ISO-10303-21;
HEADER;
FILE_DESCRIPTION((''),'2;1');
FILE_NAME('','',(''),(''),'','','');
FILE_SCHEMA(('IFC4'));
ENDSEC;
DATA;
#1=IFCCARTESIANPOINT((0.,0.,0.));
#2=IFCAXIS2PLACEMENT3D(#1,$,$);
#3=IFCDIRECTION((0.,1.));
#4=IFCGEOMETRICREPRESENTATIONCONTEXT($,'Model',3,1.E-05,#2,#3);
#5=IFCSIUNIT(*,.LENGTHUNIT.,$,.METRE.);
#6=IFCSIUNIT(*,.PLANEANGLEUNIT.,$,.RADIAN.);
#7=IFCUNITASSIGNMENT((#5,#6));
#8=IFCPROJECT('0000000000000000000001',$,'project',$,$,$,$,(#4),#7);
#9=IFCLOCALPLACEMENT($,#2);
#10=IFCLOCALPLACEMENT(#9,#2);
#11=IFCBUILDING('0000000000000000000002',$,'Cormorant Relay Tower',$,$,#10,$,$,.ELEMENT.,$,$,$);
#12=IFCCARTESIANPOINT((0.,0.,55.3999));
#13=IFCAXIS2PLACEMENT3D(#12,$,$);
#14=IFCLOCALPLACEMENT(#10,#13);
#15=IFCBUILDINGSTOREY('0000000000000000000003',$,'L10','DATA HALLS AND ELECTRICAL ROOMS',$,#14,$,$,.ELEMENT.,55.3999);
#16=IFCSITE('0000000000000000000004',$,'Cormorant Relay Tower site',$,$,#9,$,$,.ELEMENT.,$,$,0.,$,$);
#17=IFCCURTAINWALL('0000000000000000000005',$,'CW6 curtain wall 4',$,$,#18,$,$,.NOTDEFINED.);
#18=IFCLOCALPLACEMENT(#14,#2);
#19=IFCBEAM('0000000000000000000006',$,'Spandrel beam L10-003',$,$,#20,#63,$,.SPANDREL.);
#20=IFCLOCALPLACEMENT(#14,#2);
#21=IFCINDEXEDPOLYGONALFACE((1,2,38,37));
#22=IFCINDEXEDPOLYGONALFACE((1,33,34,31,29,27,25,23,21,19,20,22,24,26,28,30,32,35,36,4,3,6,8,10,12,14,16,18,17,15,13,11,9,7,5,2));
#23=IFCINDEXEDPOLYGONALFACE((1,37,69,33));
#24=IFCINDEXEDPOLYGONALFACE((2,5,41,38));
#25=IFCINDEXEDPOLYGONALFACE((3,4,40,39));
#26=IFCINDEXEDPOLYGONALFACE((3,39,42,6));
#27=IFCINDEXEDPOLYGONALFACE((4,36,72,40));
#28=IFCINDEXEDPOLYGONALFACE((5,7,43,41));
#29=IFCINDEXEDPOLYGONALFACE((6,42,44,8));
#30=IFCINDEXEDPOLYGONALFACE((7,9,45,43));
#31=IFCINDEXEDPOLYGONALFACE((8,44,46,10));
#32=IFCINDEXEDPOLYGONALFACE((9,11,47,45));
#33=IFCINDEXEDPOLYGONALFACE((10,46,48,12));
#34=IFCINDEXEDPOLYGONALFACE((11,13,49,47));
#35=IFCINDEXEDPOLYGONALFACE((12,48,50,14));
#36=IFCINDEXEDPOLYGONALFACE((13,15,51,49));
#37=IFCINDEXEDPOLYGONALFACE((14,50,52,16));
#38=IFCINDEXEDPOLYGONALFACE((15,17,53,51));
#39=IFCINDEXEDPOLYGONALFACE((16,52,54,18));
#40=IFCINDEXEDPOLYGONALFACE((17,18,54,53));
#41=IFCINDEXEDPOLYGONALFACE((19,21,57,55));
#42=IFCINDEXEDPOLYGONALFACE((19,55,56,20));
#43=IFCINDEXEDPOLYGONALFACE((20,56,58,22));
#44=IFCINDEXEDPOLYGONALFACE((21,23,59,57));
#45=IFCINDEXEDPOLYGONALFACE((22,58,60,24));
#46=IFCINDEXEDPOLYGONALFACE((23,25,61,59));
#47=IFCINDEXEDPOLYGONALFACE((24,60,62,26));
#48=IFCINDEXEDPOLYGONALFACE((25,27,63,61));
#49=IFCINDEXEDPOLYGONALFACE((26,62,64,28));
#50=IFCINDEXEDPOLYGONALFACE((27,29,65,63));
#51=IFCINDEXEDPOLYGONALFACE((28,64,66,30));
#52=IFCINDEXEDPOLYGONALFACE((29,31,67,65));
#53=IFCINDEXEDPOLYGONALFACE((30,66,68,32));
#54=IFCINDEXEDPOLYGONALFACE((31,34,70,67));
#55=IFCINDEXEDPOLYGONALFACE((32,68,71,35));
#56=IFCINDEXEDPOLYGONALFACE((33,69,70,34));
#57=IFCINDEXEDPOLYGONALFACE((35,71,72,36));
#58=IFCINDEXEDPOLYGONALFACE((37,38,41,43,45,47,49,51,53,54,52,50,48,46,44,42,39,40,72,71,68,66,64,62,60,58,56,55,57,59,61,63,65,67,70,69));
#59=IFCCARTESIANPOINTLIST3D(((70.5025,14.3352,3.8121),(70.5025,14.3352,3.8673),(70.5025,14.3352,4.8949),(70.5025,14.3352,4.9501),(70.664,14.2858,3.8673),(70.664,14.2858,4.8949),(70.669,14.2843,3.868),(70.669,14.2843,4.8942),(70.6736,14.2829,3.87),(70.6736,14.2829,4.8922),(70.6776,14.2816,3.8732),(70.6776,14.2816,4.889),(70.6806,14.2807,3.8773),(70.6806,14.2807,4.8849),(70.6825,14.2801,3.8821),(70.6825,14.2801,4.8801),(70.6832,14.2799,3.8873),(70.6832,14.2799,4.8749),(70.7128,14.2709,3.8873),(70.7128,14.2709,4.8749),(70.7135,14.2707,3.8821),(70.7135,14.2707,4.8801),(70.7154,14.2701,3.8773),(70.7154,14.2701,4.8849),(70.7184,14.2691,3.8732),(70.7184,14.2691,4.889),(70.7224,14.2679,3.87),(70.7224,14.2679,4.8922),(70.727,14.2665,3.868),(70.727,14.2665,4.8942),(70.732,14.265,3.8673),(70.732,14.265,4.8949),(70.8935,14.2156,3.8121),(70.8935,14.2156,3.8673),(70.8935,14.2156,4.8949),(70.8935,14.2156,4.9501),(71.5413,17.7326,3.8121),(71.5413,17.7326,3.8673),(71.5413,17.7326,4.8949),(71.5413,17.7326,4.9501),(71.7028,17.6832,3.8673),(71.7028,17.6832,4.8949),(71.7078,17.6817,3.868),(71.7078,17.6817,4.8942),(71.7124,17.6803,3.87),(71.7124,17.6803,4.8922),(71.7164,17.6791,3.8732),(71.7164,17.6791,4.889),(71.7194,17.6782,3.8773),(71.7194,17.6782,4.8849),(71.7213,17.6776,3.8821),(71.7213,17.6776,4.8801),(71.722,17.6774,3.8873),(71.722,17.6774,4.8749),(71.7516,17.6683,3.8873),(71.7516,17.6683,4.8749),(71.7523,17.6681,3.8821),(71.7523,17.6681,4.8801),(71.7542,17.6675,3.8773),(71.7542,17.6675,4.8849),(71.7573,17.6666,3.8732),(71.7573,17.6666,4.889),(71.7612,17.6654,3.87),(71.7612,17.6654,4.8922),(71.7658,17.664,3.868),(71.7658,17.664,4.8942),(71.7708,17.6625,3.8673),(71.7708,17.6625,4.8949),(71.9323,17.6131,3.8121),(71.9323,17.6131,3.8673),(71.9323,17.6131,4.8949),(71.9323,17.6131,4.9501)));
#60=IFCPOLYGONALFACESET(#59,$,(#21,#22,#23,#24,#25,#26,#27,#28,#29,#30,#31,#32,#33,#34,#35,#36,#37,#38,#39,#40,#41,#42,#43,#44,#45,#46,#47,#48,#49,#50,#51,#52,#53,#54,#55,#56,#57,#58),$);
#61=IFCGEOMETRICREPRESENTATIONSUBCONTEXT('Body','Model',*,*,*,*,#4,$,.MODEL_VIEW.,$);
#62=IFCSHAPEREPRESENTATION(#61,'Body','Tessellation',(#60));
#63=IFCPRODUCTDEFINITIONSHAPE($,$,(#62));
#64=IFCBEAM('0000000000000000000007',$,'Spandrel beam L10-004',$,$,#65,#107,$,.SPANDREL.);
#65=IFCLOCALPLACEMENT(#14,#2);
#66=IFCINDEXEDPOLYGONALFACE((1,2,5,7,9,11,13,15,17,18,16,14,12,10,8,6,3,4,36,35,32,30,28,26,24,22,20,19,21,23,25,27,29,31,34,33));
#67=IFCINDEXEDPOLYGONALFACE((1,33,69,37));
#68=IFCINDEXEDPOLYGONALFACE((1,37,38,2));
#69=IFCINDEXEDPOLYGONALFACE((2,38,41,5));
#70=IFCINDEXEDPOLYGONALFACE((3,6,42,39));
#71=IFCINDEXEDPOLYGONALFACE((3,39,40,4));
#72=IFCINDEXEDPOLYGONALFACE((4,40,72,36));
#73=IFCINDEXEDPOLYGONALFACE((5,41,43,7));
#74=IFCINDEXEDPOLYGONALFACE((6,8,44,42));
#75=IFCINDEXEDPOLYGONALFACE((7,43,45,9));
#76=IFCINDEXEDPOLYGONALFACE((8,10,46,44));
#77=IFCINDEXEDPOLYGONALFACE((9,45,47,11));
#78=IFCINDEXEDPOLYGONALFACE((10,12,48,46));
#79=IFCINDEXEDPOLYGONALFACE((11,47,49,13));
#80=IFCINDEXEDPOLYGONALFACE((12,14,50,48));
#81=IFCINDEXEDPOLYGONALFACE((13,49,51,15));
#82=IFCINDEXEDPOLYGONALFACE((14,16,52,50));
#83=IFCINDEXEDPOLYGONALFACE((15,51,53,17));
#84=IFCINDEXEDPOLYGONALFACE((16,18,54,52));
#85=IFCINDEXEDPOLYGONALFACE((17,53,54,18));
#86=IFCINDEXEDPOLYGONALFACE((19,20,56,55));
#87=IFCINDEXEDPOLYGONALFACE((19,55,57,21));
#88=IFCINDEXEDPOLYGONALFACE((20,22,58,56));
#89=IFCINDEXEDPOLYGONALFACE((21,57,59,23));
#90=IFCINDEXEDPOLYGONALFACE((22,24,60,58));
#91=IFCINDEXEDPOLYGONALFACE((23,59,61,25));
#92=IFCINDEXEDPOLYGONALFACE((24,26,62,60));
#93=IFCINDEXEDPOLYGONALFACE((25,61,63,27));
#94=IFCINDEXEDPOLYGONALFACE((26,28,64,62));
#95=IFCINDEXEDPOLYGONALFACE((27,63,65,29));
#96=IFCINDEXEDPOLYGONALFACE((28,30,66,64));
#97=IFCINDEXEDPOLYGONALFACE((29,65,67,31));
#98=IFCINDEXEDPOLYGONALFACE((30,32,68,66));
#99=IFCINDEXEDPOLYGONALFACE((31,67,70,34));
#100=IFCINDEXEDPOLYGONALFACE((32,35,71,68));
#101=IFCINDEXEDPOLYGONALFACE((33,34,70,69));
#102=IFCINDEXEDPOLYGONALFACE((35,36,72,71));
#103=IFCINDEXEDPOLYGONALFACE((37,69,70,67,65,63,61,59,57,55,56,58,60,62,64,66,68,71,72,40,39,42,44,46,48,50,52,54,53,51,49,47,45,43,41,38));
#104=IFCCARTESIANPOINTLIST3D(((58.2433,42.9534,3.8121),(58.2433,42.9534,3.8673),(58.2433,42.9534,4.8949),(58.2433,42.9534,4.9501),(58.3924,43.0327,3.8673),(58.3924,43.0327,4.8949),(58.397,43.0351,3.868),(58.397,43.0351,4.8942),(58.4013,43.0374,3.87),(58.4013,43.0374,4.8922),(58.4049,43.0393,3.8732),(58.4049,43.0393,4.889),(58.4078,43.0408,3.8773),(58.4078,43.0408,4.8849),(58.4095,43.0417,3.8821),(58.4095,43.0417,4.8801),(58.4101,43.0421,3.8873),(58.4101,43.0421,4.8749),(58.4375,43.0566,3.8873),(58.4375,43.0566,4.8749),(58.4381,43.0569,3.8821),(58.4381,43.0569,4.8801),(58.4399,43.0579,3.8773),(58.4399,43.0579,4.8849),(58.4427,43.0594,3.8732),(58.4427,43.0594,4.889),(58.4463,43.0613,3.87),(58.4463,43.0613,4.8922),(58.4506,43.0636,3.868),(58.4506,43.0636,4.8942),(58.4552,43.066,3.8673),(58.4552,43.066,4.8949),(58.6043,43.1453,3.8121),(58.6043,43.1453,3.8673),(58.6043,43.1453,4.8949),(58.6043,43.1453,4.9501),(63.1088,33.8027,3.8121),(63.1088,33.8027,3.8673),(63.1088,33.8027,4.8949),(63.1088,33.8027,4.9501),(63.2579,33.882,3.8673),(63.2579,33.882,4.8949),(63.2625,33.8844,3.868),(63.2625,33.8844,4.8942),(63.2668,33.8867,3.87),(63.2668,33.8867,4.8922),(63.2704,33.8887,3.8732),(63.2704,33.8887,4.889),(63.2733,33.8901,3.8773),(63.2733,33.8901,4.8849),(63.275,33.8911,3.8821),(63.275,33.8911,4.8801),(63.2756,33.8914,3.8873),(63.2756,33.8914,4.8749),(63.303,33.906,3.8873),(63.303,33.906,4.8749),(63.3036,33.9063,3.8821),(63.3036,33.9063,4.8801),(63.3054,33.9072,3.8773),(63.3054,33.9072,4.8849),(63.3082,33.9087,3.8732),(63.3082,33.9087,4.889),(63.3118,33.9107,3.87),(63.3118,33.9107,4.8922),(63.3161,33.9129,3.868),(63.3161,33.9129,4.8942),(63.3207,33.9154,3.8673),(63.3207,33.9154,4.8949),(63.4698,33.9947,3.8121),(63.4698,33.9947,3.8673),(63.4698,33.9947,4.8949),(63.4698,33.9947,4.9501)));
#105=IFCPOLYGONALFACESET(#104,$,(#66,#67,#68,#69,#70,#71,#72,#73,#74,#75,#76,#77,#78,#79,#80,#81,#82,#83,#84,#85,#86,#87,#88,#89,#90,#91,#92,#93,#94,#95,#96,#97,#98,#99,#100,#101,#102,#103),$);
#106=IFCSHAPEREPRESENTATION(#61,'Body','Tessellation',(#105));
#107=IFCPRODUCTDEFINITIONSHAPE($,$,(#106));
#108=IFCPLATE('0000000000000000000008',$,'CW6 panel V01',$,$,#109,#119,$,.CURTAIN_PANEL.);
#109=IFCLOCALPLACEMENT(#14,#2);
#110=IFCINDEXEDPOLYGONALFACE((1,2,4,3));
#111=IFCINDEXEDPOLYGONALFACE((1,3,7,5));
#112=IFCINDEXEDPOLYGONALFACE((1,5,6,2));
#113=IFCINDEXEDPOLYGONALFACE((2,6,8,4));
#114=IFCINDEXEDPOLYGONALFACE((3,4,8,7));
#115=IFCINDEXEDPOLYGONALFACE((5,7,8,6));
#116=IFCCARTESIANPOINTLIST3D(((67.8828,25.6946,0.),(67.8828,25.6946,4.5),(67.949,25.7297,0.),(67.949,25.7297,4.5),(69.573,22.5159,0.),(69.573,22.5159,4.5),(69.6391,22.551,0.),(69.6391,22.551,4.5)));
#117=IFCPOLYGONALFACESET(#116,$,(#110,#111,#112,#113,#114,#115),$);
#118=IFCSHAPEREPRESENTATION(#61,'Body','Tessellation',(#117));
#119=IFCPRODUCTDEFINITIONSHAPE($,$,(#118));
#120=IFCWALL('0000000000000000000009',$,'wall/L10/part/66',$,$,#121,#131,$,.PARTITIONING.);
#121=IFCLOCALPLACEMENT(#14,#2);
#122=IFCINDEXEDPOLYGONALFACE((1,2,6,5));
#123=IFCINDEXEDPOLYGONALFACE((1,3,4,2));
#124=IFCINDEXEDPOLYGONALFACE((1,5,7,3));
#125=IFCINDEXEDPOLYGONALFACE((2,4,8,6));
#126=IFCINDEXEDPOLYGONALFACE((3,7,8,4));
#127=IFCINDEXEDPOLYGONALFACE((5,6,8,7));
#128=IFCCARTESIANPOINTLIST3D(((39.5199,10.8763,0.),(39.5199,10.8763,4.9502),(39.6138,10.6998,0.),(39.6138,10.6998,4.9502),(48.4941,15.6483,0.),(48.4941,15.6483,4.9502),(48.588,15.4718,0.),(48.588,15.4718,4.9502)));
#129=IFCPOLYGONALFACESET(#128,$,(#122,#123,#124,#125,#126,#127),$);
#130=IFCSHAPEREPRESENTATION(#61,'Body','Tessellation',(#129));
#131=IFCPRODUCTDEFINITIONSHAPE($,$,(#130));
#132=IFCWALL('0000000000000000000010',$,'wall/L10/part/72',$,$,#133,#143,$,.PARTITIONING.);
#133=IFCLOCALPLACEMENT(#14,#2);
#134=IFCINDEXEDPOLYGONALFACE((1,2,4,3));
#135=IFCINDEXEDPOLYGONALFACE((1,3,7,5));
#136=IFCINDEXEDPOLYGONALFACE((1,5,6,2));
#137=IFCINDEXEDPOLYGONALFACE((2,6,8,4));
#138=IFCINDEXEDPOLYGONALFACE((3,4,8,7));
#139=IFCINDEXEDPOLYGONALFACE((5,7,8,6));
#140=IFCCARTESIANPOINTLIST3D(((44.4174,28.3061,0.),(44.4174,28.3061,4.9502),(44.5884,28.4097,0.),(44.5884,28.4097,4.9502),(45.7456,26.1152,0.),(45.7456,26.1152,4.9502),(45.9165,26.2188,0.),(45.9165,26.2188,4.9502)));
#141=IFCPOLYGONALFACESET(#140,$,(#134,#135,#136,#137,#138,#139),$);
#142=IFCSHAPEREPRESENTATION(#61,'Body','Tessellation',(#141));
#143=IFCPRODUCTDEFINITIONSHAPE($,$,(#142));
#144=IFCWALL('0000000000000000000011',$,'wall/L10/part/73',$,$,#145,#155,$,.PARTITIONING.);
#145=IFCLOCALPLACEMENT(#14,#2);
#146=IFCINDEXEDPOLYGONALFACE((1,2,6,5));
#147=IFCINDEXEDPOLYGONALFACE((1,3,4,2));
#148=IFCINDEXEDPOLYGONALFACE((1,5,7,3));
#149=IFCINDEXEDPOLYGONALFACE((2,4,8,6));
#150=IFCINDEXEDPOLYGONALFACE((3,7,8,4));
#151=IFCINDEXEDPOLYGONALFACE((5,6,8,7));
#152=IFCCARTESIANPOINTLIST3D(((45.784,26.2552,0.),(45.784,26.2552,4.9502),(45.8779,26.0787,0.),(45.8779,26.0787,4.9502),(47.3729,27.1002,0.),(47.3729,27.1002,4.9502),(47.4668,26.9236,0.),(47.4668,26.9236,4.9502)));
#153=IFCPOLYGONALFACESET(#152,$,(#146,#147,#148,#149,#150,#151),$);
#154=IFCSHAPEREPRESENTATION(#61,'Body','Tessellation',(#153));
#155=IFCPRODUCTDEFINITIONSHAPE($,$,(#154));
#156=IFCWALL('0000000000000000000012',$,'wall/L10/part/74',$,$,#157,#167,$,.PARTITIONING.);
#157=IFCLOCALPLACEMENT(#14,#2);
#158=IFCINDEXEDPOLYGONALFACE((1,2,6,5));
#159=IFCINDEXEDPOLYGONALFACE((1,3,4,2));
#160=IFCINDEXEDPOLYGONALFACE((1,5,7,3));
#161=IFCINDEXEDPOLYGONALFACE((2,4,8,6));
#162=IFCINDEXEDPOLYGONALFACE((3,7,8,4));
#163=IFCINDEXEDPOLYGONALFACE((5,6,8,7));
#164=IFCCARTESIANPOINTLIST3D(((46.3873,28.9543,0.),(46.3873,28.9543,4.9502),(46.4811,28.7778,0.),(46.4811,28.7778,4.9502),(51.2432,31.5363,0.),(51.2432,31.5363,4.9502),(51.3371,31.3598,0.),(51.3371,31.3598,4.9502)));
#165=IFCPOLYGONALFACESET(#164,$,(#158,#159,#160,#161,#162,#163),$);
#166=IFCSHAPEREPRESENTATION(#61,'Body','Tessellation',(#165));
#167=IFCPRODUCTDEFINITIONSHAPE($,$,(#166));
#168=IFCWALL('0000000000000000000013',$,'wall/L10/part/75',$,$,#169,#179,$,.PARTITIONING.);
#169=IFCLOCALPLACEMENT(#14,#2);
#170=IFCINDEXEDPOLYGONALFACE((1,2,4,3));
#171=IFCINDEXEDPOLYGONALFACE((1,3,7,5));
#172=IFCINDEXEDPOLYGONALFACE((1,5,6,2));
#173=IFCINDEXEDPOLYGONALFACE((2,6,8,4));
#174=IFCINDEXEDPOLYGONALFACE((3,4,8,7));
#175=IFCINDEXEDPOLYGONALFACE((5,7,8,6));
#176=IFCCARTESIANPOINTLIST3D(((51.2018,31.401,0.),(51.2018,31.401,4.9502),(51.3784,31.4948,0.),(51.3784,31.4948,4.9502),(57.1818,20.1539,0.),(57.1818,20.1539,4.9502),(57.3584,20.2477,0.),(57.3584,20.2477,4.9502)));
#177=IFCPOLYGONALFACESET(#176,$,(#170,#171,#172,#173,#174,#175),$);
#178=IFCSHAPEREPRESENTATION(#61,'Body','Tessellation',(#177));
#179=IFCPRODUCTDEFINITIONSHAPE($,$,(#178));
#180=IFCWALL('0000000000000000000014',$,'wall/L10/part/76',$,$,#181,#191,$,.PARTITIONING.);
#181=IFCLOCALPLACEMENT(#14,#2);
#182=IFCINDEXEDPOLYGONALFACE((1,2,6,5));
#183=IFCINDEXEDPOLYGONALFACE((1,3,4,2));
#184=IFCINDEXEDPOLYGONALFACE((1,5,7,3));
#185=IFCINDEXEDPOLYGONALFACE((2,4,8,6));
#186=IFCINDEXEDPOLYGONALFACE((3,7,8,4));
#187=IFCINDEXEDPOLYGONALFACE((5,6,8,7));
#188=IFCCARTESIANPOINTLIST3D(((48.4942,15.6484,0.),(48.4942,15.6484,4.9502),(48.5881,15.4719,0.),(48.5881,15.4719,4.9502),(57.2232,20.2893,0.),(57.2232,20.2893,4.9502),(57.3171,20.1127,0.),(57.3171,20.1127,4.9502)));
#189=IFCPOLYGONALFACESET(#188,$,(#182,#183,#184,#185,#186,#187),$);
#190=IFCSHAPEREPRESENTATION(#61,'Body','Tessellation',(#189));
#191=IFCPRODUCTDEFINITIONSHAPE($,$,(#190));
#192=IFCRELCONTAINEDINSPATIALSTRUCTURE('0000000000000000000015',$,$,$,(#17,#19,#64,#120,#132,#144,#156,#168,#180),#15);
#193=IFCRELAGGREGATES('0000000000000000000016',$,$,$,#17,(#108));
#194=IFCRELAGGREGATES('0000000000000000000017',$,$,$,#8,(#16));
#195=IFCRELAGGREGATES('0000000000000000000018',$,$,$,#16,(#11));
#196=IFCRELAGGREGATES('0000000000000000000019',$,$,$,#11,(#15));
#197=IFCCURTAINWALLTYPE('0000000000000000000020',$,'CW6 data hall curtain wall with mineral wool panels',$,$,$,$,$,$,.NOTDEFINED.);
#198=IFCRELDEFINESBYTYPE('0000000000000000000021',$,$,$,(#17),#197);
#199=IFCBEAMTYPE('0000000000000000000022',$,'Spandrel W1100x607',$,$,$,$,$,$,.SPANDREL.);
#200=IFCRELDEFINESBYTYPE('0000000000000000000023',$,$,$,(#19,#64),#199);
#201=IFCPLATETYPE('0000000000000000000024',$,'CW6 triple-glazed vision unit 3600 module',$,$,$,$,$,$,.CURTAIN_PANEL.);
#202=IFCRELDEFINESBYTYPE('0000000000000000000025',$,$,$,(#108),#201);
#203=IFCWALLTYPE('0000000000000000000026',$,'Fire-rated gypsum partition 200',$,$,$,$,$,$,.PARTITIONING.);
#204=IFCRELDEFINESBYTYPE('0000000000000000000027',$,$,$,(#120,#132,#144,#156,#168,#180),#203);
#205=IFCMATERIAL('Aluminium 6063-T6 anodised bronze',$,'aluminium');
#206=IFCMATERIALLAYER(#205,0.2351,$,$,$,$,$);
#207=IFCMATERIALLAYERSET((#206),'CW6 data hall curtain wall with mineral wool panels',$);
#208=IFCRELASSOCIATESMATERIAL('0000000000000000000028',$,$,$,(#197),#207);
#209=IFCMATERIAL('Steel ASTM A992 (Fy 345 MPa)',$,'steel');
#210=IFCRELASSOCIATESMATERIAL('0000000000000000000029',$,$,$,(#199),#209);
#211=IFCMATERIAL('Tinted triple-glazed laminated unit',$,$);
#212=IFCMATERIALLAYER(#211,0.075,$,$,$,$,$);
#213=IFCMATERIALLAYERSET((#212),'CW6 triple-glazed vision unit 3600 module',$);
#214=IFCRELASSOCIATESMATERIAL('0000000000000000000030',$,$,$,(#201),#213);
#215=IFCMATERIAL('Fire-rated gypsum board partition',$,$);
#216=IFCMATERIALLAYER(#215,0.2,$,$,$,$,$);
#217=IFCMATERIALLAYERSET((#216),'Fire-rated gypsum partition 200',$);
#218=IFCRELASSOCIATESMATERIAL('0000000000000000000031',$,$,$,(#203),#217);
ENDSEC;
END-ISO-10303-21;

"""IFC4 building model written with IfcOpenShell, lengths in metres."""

from ifc_helpers import new_model, si_unit, direction, frame, frame_2d, origin, origin_2d, place, context, subcontext, project, spatial, rectangle, i_section, extrude, material, layer, layer_set, material_profile, profile_set, type_object, element, aggregate, save


model = new_model("IFC4")

# Units and contexts
model_context = context("Model", 3, precision=1e-05, world=origin(), true_north=direction((0.0, 1.0)))
body_context = subcontext(model_context, "Body", "Model", "MODEL_VIEW")
ifc_project = project(units=[si_unit("LENGTHUNIT", "METRE"), si_unit("PLANEANGLEUNIT", "RADIAN")], contexts=[model_context])

# Site, building, storey
site_placement = place(None, origin())
site = spatial("IfcSite", under=ifc_project, at=site_placement, Name="Cormorant Relay Tower site", CompositionType="ELEMENT", RefElevation=0.0)
building_placement = place(site_placement, origin())
building = spatial("IfcBuilding", under=site, at=building_placement, Name="Cormorant Relay Tower", CompositionType="ELEMENT")
storey_placement = place(building_placement, frame((0.0, 0.0, 55.3999)))
storey = spatial("IfcBuildingStorey", under=building, at=storey_placement, Name="L10", Description="DATA HALLS AND ELECTRICAL ROOMS", CompositionType="ELEMENT", Elevation=55.3999)

# Curtain wall
ifc_material_1 = material(Name="Aluminium 6063-T6 anodised bronze", Category="aluminium")
ifc_layer_1 = layer(ifc_material_1, 0.2351)
ifc_layer_set_1 = layer_set([ifc_layer_1], Name="CW6 data hall curtain wall with mineral wool panels")
curtain_wall_type = type_object("IfcCurtainWallType", Name="CW6 data hall curtain wall with mineral wool panels", PredefinedType="NOTDEFINED", material=ifc_layer_set_1)
curtain_wall_1_placement = place(storey_placement, origin())
curtain_wall_1 = element("IfcCurtainWall", 1, at=curtain_wall_1_placement, inside=storey, type_object=curtain_wall_type, Name="CW6 curtain wall 4", PredefinedType="NOTDEFINED")

# Beams
ifc_material_2 = material(Name="Steel ASTM A992 (Fy 345 MPa)", Category="steel")
ifc_material_profile_1 = material_profile(ifc_material_2, i_section(OverallWidth=0.4089, OverallDepth=1.1379, WebThickness=0.031, FlangeThickness=0.0552, FilletRadius=0.02, at=origin_2d()), Name="W1100x607")
ifc_profile_set_1 = profile_set([ifc_material_profile_1], Name="Steel ASTM A992 (Fy 345 MPa)")
beam_type = type_object("IfcBeamType", Name="Spandrel W1100x607", PredefinedType="SPANDREL", material=ifc_profile_set_1)
beam_1_placement = place(storey_placement, frame((70.698, 14.2754, 4.3811), z_axis=(0.2924, 0.956296, 0.0), x_axis=(-0.956296, 0.2924, 0.0)))
element("IfcBeam", 2, at=beam_1_placement, inside=storey, type_object=beam_type, Name="Spandrel beam L10-003", PredefinedType="SPANDREL", context=body_context, shape_type="SweptSolid", body=[
    extrude(i_section(OverallWidth=0.4089, OverallDepth=1.1379, WebThickness=0.031, FlangeThickness=0.0552, FilletRadius=0.02, at=origin_2d()), origin(), (0.0, 0.0, 1.0), 3.5527),
])
beam_2_placement = place(storey_placement, frame((63.2893, 33.8987, 4.3811), z_axis=(-0.469472, 0.882948, 0.0), x_axis=(-0.882948, -0.469472, 0.0)))
element("IfcBeam", 3, at=beam_2_placement, inside=storey, type_object=beam_type, Name="Spandrel beam L10-004", PredefinedType="SPANDREL", context=body_context, shape_type="SweptSolid", body=[
    extrude(i_section(OverallWidth=0.4089, OverallDepth=1.1379, WebThickness=0.031, FlangeThickness=0.0552, FilletRadius=0.02, at=origin_2d()), origin(), (0.0, 0.0, 1.0), 10.3638),
])

# Plate
ifc_material_3 = material(Name="Tinted triple-glazed laminated unit")
ifc_layer_2 = layer(ifc_material_3, 0.075)
ifc_layer_set_2 = layer_set([ifc_layer_2], Name="CW6 triple-glazed vision unit 3600 module")
plate_type = type_object("IfcPlateType", Name="CW6 triple-glazed vision unit 3600 module", PredefinedType="CURTAIN_PANEL", material=ifc_layer_set_2)
plate_placement = place(storey_placement, frame((68.761, 24.1228, 0.0), z_axis=(0.0, 0.0, 1.0), x_axis=(-0.469472, 0.882948, 0.0)))
plate = element("IfcPlate", 4, at=plate_placement, type_object=plate_type, Name="CW6 panel V01", PredefinedType="CURTAIN_PANEL", context=body_context, shape_type="SweptSolid", body=[
    extrude(rectangle(XDim=3.6001, YDim=0.075, at=origin_2d()), origin(), (0.0, 0.0, 1.0), 4.5),
])

# Walls
ifc_material_4 = material(Name="Fire-rated gypsum board partition")
ifc_layer_3 = layer(ifc_material_4, 0.2)
ifc_layer_set_3 = layer_set([ifc_layer_3], Name="Fire-rated gypsum partition 200")
wall_type_1 = type_object("IfcWallType", Name="Fire-rated gypsum partition 200", PredefinedType="PARTITIONING", material=ifc_layer_set_3)
wall_1_placement = place(storey_placement, frame((48.541, 15.5601, 0.0), z_axis=(0.0, 0.0, 1.0), x_axis=(-0.882933, -0.469498, 0.0)))
element("IfcWall", 5, at=wall_1_placement, inside=storey, type_object=wall_type_1, Name="wall/L10/part/66", PredefinedType="PARTITIONING", context=body_context, shape_type="SweptSolid", body=[
    extrude(rectangle(XDim=10.1641, YDim=0.2, at=frame_2d((5.082, 0.0))), origin(), (0.0, 0.0, 1.0), 4.9502),
])
wall_2_placement = place(storey_placement, frame((45.8311, 26.167, 0.0), z_axis=(0.0, 0.0, 1.0), x_axis=(-0.518386, 0.855147, 0.0)))
element("IfcWall", 6, at=wall_2_placement, inside=storey, type_object=wall_type_1, Name="wall/L10/part/72", PredefinedType="PARTITIONING", context=body_context, shape_type="SweptSolid", body=[
    extrude(rectangle(XDim=2.562, YDim=0.2, at=frame_2d((1.281, 0.0))), origin(), (0.0, 0.0, 1.0), 4.9502),
])
wall_3_placement = place(storey_placement, frame((47.4199, 27.012, 0.0), z_axis=(0.0, 0.0, 1.0), x_axis=(-0.882912, -0.469539, 0.0)))
element("IfcWall", 7, at=wall_3_placement, inside=storey, type_object=wall_type_1, Name="wall/L10/part/73", PredefinedType="PARTITIONING", context=body_context, shape_type="SweptSolid", body=[
    extrude(rectangle(XDim=1.7996, YDim=0.2, at=frame_2d((0.8999, 0.0))), origin(), (0.0, 0.0, 1.0), 4.9502),
])
wall_4_placement = place(storey_placement, frame((46.4341, 28.866, 0.0), z_axis=(0.0, 0.0, 1.0), x_axis=(0.882942, 0.469482, 0.0)))
element("IfcWall", 8, at=wall_4_placement, inside=storey, type_object=wall_type_1, Name="wall/L10/part/74", PredefinedType="PARTITIONING", context=body_context, shape_type="SweptSolid", body=[
    extrude(rectangle(XDim=5.4998, YDim=0.2, at=frame_2d((2.75, 0.0))), origin(), (0.0, 0.0, 1.0), 4.9502),
])
wall_5_placement = place(storey_placement, frame((51.29, 31.448, 0.0), z_axis=(0.0, 0.0, 1.0), x_axis=(0.46946, -0.882954, 0.0)))
element("IfcWall", 9, at=wall_5_placement, inside=storey, type_object=wall_type_1, Name="wall/L10/part/75", PredefinedType="PARTITIONING", context=body_context, shape_type="SweptSolid", body=[
    extrude(rectangle(XDim=12.738, YDim=0.2, at=frame_2d((6.3691, 0.0))), origin(), (0.0, 0.0, 1.0), 4.9502),
])
wall_6_placement = place(storey_placement, frame((57.27, 20.2009, 0.0), z_axis=(0.0, 0.0, 1.0), x_axis=(-0.882965, -0.469438, 0.0)))
element("IfcWall", 10, at=wall_6_placement, inside=storey, type_object=wall_type_1, Name="wall/L10/part/76", PredefinedType="PARTITIONING", context=body_context, shape_type="SweptSolid", body=[
    extrude(rectangle(XDim=9.886, YDim=0.2, at=frame_2d((4.9429, 0.0))), origin(), (0.0, 0.0, 1.0), 4.9502),
])

aggregate(curtain_wall_1, [plate])

save(model, "model.ifc")
